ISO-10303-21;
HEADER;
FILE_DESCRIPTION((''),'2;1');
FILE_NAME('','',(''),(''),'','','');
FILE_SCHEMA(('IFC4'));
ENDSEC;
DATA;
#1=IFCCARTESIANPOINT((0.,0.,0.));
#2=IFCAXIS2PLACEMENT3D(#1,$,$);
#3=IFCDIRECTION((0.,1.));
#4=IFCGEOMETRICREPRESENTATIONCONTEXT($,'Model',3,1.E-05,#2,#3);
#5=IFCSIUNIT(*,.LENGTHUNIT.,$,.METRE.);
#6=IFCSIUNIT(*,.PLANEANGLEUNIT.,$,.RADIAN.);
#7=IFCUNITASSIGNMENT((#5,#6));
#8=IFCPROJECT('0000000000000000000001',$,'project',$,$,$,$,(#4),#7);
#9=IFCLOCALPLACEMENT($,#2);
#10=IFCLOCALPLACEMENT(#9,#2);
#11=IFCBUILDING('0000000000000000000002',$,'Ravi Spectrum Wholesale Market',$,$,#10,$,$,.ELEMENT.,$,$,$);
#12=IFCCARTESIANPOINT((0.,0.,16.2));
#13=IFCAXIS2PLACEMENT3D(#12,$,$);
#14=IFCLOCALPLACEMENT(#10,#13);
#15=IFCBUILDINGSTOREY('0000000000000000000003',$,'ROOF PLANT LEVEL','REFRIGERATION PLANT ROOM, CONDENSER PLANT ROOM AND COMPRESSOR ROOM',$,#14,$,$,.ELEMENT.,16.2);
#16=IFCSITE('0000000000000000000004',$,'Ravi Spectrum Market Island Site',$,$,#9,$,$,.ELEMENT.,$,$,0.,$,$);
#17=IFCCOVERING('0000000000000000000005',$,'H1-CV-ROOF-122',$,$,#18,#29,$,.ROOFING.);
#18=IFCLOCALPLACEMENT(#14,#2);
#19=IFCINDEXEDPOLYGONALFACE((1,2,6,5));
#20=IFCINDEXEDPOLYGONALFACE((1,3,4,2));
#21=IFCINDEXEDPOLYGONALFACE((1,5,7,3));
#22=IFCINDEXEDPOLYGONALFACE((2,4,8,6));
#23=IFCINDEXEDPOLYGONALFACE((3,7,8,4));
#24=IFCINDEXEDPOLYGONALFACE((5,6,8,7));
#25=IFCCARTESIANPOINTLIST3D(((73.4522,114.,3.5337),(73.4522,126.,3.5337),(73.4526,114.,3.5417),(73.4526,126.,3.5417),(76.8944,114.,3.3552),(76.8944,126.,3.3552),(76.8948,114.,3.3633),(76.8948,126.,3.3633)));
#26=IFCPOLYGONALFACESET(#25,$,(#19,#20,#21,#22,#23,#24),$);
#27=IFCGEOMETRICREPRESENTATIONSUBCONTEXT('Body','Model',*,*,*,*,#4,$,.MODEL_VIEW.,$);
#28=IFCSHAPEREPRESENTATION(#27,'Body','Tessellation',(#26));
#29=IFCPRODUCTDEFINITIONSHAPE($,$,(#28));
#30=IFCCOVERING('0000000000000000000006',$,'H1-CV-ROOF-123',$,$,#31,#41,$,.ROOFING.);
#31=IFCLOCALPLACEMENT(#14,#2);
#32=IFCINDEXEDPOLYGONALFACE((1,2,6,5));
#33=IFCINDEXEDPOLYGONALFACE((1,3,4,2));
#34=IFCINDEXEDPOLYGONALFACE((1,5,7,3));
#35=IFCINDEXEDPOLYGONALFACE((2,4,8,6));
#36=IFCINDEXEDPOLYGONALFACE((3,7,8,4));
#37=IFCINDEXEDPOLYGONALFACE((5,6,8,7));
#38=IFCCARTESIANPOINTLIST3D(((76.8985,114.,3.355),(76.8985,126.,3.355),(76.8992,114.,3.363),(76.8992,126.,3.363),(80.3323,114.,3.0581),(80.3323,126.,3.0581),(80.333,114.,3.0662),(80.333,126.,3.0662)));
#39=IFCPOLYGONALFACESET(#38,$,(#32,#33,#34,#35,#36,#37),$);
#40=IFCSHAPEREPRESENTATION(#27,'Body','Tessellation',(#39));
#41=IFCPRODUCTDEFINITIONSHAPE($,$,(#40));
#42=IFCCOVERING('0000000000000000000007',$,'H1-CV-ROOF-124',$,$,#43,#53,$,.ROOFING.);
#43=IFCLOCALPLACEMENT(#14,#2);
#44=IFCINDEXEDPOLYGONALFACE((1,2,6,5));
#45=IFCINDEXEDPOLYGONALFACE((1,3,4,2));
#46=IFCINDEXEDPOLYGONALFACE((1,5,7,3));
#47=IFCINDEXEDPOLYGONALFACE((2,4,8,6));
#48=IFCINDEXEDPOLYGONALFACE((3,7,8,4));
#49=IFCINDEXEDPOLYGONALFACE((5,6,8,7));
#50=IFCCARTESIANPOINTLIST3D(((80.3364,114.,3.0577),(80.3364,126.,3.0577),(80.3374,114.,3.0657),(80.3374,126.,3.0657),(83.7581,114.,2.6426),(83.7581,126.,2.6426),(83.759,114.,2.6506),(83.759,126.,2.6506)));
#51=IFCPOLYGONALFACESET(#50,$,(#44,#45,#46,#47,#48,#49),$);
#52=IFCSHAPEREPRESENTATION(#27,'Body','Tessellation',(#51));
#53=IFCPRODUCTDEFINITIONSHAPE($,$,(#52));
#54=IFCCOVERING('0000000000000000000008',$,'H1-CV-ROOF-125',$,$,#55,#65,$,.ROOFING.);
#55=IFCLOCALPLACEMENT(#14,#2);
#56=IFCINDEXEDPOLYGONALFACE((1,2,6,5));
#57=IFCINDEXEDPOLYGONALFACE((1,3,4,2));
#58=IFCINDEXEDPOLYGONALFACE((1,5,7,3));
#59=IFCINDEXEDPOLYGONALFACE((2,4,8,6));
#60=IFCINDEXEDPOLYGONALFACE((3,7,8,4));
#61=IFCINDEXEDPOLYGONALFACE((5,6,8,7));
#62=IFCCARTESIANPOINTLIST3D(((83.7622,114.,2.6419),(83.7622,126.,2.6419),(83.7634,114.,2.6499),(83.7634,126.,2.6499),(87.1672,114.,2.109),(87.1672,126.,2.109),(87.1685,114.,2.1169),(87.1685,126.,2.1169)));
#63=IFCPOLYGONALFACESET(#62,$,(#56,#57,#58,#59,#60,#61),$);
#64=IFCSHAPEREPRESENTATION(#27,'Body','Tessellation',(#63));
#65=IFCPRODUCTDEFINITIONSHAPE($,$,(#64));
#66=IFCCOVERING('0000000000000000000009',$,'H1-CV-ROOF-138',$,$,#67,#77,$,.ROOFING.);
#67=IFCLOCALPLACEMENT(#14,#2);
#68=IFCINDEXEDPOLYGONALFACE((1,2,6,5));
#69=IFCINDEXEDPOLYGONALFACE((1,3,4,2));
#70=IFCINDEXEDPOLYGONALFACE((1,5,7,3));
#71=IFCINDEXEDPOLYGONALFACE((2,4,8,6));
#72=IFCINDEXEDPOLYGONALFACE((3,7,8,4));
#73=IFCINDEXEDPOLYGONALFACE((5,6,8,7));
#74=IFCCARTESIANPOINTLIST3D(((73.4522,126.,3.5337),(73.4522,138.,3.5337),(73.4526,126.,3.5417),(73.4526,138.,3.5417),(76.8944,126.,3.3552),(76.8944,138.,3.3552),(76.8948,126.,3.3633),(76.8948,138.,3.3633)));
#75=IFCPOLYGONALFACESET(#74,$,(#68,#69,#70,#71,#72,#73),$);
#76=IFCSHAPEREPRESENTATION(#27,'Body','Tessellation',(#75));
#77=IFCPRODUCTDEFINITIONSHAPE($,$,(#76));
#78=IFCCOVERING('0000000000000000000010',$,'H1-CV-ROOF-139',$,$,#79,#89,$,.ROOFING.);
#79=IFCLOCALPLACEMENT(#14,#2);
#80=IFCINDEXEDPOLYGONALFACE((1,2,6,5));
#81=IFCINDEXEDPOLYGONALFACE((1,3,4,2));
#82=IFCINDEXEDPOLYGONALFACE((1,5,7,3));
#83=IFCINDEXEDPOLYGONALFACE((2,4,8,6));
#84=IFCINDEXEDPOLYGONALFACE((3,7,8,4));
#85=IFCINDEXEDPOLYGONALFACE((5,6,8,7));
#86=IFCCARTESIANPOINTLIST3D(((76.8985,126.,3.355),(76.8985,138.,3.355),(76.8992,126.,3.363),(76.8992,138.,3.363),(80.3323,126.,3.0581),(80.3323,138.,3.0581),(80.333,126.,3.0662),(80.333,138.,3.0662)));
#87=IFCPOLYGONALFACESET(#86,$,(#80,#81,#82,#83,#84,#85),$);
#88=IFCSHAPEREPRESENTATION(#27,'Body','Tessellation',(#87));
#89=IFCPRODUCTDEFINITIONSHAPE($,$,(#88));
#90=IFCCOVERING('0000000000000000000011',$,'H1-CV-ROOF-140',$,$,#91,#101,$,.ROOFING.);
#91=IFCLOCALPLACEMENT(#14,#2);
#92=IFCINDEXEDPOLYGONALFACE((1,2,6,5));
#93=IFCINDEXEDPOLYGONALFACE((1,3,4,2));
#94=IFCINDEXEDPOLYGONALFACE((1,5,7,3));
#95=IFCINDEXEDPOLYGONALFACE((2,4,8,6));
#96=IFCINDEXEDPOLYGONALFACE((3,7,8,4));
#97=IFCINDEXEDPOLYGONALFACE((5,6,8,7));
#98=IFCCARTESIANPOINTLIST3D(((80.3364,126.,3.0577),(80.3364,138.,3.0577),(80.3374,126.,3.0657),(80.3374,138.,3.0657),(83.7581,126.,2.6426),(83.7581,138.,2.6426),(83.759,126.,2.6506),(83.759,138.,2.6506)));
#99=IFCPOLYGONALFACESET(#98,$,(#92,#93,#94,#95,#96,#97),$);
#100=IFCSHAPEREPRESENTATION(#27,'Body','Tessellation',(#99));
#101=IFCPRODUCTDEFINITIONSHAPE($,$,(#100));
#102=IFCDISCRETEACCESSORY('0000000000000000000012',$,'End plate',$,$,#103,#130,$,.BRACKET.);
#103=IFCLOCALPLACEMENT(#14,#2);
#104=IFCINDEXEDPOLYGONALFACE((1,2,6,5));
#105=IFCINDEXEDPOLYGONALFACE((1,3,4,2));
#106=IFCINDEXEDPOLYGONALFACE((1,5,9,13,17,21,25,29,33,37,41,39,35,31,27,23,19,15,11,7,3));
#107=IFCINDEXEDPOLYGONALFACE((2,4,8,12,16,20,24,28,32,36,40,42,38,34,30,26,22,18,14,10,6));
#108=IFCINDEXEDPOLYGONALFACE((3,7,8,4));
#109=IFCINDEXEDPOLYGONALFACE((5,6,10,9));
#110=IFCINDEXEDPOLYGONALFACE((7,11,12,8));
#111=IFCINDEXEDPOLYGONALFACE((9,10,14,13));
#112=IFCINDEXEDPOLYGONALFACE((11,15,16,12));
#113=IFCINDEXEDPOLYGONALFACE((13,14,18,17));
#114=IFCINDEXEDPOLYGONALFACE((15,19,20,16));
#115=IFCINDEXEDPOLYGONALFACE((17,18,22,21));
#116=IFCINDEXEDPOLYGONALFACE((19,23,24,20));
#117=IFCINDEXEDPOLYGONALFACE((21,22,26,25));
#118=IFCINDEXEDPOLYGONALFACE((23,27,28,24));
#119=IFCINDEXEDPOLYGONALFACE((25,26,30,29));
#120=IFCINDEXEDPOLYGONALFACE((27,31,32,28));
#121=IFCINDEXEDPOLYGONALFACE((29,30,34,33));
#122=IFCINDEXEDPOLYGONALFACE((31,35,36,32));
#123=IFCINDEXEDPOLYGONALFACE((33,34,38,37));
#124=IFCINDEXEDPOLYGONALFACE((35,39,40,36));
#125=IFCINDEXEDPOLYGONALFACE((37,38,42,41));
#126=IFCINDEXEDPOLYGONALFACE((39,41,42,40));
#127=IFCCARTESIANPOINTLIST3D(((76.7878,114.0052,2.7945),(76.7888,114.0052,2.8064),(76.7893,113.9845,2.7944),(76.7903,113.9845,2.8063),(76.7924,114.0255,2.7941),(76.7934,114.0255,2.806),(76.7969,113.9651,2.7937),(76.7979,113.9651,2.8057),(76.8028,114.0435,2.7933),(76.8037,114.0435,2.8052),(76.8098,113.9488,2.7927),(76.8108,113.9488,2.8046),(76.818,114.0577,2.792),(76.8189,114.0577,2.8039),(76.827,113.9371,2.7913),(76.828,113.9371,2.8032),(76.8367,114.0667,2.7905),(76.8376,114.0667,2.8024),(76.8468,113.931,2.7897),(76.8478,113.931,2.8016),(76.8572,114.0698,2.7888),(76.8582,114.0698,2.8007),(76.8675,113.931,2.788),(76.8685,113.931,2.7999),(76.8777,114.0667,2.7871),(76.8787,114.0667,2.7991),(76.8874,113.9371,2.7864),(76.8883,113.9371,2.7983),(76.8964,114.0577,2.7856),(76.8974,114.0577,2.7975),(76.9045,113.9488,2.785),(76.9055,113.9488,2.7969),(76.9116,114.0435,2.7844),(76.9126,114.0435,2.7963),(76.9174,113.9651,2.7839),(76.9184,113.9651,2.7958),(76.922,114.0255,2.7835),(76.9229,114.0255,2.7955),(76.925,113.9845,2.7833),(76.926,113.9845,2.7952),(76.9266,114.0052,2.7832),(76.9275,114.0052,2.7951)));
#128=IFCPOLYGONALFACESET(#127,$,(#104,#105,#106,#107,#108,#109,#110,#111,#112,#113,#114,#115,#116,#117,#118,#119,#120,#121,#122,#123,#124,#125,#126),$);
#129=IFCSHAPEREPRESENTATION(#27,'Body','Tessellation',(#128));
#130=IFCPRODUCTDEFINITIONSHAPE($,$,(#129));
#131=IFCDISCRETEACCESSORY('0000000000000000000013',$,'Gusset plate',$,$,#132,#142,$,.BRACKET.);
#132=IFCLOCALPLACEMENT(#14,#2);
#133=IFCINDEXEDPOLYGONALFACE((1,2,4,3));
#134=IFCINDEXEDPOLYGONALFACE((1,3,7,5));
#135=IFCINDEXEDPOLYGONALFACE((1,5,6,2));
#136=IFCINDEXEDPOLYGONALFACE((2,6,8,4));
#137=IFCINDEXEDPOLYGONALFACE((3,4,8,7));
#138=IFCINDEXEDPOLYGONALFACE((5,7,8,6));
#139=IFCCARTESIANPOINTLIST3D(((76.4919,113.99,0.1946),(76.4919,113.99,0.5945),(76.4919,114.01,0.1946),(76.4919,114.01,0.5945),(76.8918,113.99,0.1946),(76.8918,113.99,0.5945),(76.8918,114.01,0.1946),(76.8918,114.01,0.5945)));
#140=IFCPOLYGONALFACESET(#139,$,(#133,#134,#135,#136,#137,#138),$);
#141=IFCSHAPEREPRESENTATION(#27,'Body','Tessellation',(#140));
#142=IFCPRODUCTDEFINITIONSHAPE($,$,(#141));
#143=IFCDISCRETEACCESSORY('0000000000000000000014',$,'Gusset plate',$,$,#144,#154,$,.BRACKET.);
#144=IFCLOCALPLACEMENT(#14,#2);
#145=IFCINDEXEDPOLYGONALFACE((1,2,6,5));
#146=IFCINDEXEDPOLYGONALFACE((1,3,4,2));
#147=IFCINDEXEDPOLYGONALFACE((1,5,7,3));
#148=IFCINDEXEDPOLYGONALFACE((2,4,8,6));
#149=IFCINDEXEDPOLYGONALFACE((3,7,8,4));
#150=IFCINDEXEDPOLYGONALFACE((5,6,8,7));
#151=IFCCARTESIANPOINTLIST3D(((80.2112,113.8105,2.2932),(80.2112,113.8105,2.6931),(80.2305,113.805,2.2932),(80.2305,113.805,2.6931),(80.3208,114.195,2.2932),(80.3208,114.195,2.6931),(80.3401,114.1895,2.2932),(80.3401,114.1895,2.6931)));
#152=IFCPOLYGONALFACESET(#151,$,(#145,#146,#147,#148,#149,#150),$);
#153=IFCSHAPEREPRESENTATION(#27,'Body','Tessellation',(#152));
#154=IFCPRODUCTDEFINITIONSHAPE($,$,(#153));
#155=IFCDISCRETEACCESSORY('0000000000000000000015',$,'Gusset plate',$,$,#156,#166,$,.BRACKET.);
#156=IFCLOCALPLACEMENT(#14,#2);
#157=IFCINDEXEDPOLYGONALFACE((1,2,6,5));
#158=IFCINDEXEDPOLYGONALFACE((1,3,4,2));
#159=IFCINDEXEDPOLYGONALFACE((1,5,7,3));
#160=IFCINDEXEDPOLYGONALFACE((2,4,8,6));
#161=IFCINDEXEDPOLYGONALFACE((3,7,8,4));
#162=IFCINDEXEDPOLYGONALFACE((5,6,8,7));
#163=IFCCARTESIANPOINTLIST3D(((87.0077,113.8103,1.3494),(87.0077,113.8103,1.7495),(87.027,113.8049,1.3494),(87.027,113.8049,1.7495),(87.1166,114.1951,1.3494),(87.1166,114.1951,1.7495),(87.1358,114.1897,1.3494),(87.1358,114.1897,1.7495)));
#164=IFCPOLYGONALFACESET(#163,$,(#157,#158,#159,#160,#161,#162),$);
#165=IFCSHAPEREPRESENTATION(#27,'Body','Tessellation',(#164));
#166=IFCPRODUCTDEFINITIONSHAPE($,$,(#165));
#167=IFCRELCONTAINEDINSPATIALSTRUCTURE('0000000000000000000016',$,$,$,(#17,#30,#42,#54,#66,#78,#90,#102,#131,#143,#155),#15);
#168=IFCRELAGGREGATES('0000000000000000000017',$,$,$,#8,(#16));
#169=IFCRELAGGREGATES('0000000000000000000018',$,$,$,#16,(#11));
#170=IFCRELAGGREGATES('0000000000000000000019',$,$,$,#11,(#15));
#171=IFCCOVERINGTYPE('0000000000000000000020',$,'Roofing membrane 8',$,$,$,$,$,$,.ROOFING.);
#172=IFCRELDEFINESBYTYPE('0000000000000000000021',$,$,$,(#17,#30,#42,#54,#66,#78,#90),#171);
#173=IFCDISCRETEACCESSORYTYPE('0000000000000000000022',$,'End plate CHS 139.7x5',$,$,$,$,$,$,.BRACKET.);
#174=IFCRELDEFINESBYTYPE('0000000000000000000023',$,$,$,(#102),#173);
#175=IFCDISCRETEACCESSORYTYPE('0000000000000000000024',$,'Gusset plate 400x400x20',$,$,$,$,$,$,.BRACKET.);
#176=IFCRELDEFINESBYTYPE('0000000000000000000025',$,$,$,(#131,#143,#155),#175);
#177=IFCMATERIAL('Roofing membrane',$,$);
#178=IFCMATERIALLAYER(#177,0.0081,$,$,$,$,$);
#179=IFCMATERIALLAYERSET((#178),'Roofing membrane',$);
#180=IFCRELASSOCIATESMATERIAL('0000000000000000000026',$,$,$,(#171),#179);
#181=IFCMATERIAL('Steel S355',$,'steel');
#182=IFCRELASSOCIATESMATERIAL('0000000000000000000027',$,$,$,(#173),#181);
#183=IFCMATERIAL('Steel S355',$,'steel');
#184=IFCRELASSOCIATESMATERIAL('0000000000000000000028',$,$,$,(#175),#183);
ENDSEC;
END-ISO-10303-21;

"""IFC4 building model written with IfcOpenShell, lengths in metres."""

from ifc_helpers import new_model, si_unit, direction, frame, origin, origin_2d, place, context, subcontext, project, spatial, polyline, rectangle, circle, outline, extrude, material, layer, layer_set, material_profile, profile_set, type_object, element, save


model = new_model("IFC4")

# Units and contexts
model_context = context("Model", 3, precision=1e-05, world=origin(), true_north=direction((0.0, 1.0)))
body_context = subcontext(model_context, "Body", "Model", "MODEL_VIEW")
ifc_project = project(units=[si_unit("LENGTHUNIT", "METRE"), si_unit("PLANEANGLEUNIT", "RADIAN")], contexts=[model_context])

# Site, building, storey
site_placement = place(None, origin())
site = spatial("IfcSite", under=ifc_project, at=site_placement, Name="Ravi Spectrum Market Island Site", CompositionType="ELEMENT", RefElevation=0.0)
building_placement = place(site_placement, origin())
building = spatial("IfcBuilding", under=site, at=building_placement, Name="Ravi Spectrum Wholesale Market", CompositionType="ELEMENT")
storey_placement = place(building_placement, frame((0.0, 0.0, 16.2)))
storey = spatial("IfcBuildingStorey", under=building, at=storey_placement, Name="ROOF PLANT LEVEL", Description="REFRIGERATION PLANT ROOM, CONDENSER PLANT ROOM AND COMPRESSOR ROOM", CompositionType="ELEMENT", Elevation=16.2)

# Coverings
ifc_material_1 = material(Name="Roofing membrane")
ifc_layer_1 = layer(ifc_material_1, 0.0081)
ifc_layer_set_1 = layer_set([ifc_layer_1], Name="Roofing membrane")
covering_type = type_object("IfcCoveringType", Name="Roofing membrane 8", PredefinedType="ROOFING", material=ifc_layer_set_1)
covering_1_placement = place(storey_placement, frame((73.4526, 114.0, 3.5417), z_axis=(0.051778, 0.0, 0.998659), x_axis=(0.998659, 0.0, -0.051778)))
element("IfcCovering", 1, at=covering_1_placement, inside=storey, type_object=covering_type, Name="H1-CV-ROOF-122", PredefinedType="ROOFING", context=body_context, shape_type="SweptSolid", body=[
    extrude(outline(polyline([(0.0, 0.0), (3.4468, 0.0), (3.4468, 12.0), (0.0, 12.0), (0.0, 0.0)])), origin(), (0.0, 0.0, -1.0), 0.0081),
])
covering_2_placement = place(storey_placement, frame((76.8992, 114.0, 3.363), z_axis=(0.086134, 0.0, 0.996284), x_axis=(0.996284, 0.0, -0.086134)))
element("IfcCovering", 2, at=covering_2_placement, inside=storey, type_object=covering_type, Name="H1-CV-ROOF-123", PredefinedType="ROOFING", context=body_context, shape_type="SweptSolid", body=[
    extrude(outline(polyline([(0.0, 0.0), (3.4466, 0.0), (3.4466, 12.0), (0.0, 12.0), (0.0, 0.0)])), origin(), (0.0, 0.0, -1.0), 0.0081),
])
covering_3_placement = place(storey_placement, frame((80.3374, 114.0, 3.0657), z_axis=(0.120416, 0.0, 0.992724), x_axis=(0.992724, 0.0, -0.120416)))
element("IfcCovering", 3, at=covering_3_placement, inside=storey, type_object=covering_type, Name="H1-CV-ROOF-124", PredefinedType="ROOFING", context=body_context, shape_type="SweptSolid", body=[
    extrude(outline(polyline([(0.0, 0.0), (3.4467, 0.0), (3.4467, 12.0), (0.0, 12.0), (0.0, 0.0)])), origin(), (0.0, 0.0, -1.0), 0.0081),
])
covering_4_placement = place(storey_placement, frame((83.7634, 114.0, 2.6499), z_axis=(0.154638, 0.0, 0.987971), x_axis=(0.987971, 0.0, -0.154638)))
element("IfcCovering", 4, at=covering_4_placement, inside=storey, type_object=covering_type, Name="H1-CV-ROOF-125", PredefinedType="ROOFING", context=body_context, shape_type="SweptSolid", body=[
    extrude(outline(polyline([(0.0, 0.0), (3.4465, 0.0), (3.4465, 12.0), (0.0, 12.0), (0.0, 0.0)])), origin(), (0.0, 0.0, -1.0), 0.0081),
])
covering_5_placement = place(storey_placement, frame((73.4526, 126.0, 3.5417), z_axis=(0.051778, 0.0, 0.998659), x_axis=(0.998659, 0.0, -0.051778)))
element("IfcCovering", 5, at=covering_5_placement, inside=storey, type_object=covering_type, Name="H1-CV-ROOF-138", PredefinedType="ROOFING", context=body_context, shape_type="SweptSolid", body=[
    extrude(outline(polyline([(0.0, 0.0), (3.4468, 0.0), (3.4468, 12.0), (0.0, 12.0), (0.0, 0.0)])), origin(), (0.0, 0.0, -1.0), 0.0081),
])
covering_6_placement = place(storey_placement, frame((76.8992, 126.0, 3.363), z_axis=(0.086134, 0.0, 0.996284), x_axis=(0.996284, 0.0, -0.086134)))
element("IfcCovering", 6, at=covering_6_placement, inside=storey, type_object=covering_type, Name="H1-CV-ROOF-139", PredefinedType="ROOFING", context=body_context, shape_type="SweptSolid", body=[
    extrude(outline(polyline([(0.0, 0.0), (3.4466, 0.0), (3.4466, 12.0), (0.0, 12.0), (0.0, 0.0)])), origin(), (0.0, 0.0, -1.0), 0.0081),
])
covering_7_placement = place(storey_placement, frame((80.3374, 126.0, 3.0657), z_axis=(0.120416, 0.0, 0.992724), x_axis=(0.992724, 0.0, -0.120416)))
element("IfcCovering", 7, at=covering_7_placement, inside=storey, type_object=covering_type, Name="H1-CV-ROOF-140", PredefinedType="ROOFING", context=body_context, shape_type="SweptSolid", body=[
    extrude(outline(polyline([(0.0, 0.0), (3.4467, 0.0), (3.4467, 12.0), (0.0, 12.0), (0.0, 0.0)])), origin(), (0.0, 0.0, -1.0), 0.0081),
])

# Discrete accessories
ifc_material_2 = material(Name="Steel S355", Category="steel")
ifc_material_profile_1 = material_profile(ifc_material_2, circle(Radius=0.0698, at=origin_2d()))
ifc_profile_set_1 = profile_set([ifc_material_profile_1], Name="Steel S355")
discrete_accessory_type_1 = type_object("IfcDiscreteAccessoryType", Name="End plate CHS 139.7x5", PredefinedType="BRACKET", material=ifc_profile_set_1)
discrete_accessory_1_placement = place(storey_placement, frame((76.8572, 114.0, 2.7888), z_axis=(0.081362, 0.0, 0.996685), x_axis=(0.0, 1.0, 0.0)))
element("IfcDiscreteAccessory", 8, at=discrete_accessory_1_placement, inside=storey, type_object=discrete_accessory_type_1, Name="End plate", PredefinedType="BRACKET", context=body_context, shape_type="SweptSolid", body=[
    extrude(circle(Radius=0.0698, at=origin_2d()), origin(), (0.0, 0.0, 1.0), 0.012),
])
ifc_material_3 = material(Name="Steel S355", Category="steel")
ifc_material_profile_2 = material_profile(ifc_material_3, rectangle(XDim=0.3999, YDim=0.02, at=origin_2d()))
ifc_profile_set_2 = profile_set([ifc_material_profile_2], Name="Steel S355")
discrete_accessory_type_2 = type_object("IfcDiscreteAccessoryType", Name="Gusset plate 400x400x20", PredefinedType="BRACKET", material=ifc_profile_set_2)
for number, where, z_axis, x_axis, name in (
    (9, (76.6919, 114.0, 0.1946), (0.0, 0.0, 1.0), (-1.0, 0.0, 0.0), "Gusset plate"),
    (10, (80.2756, 114.0, 2.2932), (0.0, 0.0, 1.0), (0.2741, 0.961701, 0.0), "Gusset plate"),
):
    element("IfcDiscreteAccessory", number, at=place(storey_placement, frame(where, z_axis=z_axis, x_axis=x_axis)), inside=storey, type_object=discrete_accessory_type_2, Name=name, PredefinedType="BRACKET", context=body_context, shape_type="SweptSolid", body=[
        extrude(rectangle(XDim=0.3999, YDim=0.02, at=origin_2d()), origin(), (0.0, 0.0, 1.0), 0.3999),
    ])
discrete_accessory_2_placement = place(storey_placement, frame((87.0718, 114.0, 1.3494), z_axis=(0.0, 0.0, 1.0), x_axis=(0.272114, 0.962265, 0.0)))
element("IfcDiscreteAccessory", 11, at=discrete_accessory_2_placement, inside=storey, type_object=discrete_accessory_type_2, Name="Gusset plate", PredefinedType="BRACKET", context=body_context, shape_type="SweptSolid", body=[
    extrude(rectangle(XDim=0.3999, YDim=0.02, at=origin_2d()), origin(), (0.0, 0.0, 1.0), 0.4001),
])

save(model, "model.ifc")
